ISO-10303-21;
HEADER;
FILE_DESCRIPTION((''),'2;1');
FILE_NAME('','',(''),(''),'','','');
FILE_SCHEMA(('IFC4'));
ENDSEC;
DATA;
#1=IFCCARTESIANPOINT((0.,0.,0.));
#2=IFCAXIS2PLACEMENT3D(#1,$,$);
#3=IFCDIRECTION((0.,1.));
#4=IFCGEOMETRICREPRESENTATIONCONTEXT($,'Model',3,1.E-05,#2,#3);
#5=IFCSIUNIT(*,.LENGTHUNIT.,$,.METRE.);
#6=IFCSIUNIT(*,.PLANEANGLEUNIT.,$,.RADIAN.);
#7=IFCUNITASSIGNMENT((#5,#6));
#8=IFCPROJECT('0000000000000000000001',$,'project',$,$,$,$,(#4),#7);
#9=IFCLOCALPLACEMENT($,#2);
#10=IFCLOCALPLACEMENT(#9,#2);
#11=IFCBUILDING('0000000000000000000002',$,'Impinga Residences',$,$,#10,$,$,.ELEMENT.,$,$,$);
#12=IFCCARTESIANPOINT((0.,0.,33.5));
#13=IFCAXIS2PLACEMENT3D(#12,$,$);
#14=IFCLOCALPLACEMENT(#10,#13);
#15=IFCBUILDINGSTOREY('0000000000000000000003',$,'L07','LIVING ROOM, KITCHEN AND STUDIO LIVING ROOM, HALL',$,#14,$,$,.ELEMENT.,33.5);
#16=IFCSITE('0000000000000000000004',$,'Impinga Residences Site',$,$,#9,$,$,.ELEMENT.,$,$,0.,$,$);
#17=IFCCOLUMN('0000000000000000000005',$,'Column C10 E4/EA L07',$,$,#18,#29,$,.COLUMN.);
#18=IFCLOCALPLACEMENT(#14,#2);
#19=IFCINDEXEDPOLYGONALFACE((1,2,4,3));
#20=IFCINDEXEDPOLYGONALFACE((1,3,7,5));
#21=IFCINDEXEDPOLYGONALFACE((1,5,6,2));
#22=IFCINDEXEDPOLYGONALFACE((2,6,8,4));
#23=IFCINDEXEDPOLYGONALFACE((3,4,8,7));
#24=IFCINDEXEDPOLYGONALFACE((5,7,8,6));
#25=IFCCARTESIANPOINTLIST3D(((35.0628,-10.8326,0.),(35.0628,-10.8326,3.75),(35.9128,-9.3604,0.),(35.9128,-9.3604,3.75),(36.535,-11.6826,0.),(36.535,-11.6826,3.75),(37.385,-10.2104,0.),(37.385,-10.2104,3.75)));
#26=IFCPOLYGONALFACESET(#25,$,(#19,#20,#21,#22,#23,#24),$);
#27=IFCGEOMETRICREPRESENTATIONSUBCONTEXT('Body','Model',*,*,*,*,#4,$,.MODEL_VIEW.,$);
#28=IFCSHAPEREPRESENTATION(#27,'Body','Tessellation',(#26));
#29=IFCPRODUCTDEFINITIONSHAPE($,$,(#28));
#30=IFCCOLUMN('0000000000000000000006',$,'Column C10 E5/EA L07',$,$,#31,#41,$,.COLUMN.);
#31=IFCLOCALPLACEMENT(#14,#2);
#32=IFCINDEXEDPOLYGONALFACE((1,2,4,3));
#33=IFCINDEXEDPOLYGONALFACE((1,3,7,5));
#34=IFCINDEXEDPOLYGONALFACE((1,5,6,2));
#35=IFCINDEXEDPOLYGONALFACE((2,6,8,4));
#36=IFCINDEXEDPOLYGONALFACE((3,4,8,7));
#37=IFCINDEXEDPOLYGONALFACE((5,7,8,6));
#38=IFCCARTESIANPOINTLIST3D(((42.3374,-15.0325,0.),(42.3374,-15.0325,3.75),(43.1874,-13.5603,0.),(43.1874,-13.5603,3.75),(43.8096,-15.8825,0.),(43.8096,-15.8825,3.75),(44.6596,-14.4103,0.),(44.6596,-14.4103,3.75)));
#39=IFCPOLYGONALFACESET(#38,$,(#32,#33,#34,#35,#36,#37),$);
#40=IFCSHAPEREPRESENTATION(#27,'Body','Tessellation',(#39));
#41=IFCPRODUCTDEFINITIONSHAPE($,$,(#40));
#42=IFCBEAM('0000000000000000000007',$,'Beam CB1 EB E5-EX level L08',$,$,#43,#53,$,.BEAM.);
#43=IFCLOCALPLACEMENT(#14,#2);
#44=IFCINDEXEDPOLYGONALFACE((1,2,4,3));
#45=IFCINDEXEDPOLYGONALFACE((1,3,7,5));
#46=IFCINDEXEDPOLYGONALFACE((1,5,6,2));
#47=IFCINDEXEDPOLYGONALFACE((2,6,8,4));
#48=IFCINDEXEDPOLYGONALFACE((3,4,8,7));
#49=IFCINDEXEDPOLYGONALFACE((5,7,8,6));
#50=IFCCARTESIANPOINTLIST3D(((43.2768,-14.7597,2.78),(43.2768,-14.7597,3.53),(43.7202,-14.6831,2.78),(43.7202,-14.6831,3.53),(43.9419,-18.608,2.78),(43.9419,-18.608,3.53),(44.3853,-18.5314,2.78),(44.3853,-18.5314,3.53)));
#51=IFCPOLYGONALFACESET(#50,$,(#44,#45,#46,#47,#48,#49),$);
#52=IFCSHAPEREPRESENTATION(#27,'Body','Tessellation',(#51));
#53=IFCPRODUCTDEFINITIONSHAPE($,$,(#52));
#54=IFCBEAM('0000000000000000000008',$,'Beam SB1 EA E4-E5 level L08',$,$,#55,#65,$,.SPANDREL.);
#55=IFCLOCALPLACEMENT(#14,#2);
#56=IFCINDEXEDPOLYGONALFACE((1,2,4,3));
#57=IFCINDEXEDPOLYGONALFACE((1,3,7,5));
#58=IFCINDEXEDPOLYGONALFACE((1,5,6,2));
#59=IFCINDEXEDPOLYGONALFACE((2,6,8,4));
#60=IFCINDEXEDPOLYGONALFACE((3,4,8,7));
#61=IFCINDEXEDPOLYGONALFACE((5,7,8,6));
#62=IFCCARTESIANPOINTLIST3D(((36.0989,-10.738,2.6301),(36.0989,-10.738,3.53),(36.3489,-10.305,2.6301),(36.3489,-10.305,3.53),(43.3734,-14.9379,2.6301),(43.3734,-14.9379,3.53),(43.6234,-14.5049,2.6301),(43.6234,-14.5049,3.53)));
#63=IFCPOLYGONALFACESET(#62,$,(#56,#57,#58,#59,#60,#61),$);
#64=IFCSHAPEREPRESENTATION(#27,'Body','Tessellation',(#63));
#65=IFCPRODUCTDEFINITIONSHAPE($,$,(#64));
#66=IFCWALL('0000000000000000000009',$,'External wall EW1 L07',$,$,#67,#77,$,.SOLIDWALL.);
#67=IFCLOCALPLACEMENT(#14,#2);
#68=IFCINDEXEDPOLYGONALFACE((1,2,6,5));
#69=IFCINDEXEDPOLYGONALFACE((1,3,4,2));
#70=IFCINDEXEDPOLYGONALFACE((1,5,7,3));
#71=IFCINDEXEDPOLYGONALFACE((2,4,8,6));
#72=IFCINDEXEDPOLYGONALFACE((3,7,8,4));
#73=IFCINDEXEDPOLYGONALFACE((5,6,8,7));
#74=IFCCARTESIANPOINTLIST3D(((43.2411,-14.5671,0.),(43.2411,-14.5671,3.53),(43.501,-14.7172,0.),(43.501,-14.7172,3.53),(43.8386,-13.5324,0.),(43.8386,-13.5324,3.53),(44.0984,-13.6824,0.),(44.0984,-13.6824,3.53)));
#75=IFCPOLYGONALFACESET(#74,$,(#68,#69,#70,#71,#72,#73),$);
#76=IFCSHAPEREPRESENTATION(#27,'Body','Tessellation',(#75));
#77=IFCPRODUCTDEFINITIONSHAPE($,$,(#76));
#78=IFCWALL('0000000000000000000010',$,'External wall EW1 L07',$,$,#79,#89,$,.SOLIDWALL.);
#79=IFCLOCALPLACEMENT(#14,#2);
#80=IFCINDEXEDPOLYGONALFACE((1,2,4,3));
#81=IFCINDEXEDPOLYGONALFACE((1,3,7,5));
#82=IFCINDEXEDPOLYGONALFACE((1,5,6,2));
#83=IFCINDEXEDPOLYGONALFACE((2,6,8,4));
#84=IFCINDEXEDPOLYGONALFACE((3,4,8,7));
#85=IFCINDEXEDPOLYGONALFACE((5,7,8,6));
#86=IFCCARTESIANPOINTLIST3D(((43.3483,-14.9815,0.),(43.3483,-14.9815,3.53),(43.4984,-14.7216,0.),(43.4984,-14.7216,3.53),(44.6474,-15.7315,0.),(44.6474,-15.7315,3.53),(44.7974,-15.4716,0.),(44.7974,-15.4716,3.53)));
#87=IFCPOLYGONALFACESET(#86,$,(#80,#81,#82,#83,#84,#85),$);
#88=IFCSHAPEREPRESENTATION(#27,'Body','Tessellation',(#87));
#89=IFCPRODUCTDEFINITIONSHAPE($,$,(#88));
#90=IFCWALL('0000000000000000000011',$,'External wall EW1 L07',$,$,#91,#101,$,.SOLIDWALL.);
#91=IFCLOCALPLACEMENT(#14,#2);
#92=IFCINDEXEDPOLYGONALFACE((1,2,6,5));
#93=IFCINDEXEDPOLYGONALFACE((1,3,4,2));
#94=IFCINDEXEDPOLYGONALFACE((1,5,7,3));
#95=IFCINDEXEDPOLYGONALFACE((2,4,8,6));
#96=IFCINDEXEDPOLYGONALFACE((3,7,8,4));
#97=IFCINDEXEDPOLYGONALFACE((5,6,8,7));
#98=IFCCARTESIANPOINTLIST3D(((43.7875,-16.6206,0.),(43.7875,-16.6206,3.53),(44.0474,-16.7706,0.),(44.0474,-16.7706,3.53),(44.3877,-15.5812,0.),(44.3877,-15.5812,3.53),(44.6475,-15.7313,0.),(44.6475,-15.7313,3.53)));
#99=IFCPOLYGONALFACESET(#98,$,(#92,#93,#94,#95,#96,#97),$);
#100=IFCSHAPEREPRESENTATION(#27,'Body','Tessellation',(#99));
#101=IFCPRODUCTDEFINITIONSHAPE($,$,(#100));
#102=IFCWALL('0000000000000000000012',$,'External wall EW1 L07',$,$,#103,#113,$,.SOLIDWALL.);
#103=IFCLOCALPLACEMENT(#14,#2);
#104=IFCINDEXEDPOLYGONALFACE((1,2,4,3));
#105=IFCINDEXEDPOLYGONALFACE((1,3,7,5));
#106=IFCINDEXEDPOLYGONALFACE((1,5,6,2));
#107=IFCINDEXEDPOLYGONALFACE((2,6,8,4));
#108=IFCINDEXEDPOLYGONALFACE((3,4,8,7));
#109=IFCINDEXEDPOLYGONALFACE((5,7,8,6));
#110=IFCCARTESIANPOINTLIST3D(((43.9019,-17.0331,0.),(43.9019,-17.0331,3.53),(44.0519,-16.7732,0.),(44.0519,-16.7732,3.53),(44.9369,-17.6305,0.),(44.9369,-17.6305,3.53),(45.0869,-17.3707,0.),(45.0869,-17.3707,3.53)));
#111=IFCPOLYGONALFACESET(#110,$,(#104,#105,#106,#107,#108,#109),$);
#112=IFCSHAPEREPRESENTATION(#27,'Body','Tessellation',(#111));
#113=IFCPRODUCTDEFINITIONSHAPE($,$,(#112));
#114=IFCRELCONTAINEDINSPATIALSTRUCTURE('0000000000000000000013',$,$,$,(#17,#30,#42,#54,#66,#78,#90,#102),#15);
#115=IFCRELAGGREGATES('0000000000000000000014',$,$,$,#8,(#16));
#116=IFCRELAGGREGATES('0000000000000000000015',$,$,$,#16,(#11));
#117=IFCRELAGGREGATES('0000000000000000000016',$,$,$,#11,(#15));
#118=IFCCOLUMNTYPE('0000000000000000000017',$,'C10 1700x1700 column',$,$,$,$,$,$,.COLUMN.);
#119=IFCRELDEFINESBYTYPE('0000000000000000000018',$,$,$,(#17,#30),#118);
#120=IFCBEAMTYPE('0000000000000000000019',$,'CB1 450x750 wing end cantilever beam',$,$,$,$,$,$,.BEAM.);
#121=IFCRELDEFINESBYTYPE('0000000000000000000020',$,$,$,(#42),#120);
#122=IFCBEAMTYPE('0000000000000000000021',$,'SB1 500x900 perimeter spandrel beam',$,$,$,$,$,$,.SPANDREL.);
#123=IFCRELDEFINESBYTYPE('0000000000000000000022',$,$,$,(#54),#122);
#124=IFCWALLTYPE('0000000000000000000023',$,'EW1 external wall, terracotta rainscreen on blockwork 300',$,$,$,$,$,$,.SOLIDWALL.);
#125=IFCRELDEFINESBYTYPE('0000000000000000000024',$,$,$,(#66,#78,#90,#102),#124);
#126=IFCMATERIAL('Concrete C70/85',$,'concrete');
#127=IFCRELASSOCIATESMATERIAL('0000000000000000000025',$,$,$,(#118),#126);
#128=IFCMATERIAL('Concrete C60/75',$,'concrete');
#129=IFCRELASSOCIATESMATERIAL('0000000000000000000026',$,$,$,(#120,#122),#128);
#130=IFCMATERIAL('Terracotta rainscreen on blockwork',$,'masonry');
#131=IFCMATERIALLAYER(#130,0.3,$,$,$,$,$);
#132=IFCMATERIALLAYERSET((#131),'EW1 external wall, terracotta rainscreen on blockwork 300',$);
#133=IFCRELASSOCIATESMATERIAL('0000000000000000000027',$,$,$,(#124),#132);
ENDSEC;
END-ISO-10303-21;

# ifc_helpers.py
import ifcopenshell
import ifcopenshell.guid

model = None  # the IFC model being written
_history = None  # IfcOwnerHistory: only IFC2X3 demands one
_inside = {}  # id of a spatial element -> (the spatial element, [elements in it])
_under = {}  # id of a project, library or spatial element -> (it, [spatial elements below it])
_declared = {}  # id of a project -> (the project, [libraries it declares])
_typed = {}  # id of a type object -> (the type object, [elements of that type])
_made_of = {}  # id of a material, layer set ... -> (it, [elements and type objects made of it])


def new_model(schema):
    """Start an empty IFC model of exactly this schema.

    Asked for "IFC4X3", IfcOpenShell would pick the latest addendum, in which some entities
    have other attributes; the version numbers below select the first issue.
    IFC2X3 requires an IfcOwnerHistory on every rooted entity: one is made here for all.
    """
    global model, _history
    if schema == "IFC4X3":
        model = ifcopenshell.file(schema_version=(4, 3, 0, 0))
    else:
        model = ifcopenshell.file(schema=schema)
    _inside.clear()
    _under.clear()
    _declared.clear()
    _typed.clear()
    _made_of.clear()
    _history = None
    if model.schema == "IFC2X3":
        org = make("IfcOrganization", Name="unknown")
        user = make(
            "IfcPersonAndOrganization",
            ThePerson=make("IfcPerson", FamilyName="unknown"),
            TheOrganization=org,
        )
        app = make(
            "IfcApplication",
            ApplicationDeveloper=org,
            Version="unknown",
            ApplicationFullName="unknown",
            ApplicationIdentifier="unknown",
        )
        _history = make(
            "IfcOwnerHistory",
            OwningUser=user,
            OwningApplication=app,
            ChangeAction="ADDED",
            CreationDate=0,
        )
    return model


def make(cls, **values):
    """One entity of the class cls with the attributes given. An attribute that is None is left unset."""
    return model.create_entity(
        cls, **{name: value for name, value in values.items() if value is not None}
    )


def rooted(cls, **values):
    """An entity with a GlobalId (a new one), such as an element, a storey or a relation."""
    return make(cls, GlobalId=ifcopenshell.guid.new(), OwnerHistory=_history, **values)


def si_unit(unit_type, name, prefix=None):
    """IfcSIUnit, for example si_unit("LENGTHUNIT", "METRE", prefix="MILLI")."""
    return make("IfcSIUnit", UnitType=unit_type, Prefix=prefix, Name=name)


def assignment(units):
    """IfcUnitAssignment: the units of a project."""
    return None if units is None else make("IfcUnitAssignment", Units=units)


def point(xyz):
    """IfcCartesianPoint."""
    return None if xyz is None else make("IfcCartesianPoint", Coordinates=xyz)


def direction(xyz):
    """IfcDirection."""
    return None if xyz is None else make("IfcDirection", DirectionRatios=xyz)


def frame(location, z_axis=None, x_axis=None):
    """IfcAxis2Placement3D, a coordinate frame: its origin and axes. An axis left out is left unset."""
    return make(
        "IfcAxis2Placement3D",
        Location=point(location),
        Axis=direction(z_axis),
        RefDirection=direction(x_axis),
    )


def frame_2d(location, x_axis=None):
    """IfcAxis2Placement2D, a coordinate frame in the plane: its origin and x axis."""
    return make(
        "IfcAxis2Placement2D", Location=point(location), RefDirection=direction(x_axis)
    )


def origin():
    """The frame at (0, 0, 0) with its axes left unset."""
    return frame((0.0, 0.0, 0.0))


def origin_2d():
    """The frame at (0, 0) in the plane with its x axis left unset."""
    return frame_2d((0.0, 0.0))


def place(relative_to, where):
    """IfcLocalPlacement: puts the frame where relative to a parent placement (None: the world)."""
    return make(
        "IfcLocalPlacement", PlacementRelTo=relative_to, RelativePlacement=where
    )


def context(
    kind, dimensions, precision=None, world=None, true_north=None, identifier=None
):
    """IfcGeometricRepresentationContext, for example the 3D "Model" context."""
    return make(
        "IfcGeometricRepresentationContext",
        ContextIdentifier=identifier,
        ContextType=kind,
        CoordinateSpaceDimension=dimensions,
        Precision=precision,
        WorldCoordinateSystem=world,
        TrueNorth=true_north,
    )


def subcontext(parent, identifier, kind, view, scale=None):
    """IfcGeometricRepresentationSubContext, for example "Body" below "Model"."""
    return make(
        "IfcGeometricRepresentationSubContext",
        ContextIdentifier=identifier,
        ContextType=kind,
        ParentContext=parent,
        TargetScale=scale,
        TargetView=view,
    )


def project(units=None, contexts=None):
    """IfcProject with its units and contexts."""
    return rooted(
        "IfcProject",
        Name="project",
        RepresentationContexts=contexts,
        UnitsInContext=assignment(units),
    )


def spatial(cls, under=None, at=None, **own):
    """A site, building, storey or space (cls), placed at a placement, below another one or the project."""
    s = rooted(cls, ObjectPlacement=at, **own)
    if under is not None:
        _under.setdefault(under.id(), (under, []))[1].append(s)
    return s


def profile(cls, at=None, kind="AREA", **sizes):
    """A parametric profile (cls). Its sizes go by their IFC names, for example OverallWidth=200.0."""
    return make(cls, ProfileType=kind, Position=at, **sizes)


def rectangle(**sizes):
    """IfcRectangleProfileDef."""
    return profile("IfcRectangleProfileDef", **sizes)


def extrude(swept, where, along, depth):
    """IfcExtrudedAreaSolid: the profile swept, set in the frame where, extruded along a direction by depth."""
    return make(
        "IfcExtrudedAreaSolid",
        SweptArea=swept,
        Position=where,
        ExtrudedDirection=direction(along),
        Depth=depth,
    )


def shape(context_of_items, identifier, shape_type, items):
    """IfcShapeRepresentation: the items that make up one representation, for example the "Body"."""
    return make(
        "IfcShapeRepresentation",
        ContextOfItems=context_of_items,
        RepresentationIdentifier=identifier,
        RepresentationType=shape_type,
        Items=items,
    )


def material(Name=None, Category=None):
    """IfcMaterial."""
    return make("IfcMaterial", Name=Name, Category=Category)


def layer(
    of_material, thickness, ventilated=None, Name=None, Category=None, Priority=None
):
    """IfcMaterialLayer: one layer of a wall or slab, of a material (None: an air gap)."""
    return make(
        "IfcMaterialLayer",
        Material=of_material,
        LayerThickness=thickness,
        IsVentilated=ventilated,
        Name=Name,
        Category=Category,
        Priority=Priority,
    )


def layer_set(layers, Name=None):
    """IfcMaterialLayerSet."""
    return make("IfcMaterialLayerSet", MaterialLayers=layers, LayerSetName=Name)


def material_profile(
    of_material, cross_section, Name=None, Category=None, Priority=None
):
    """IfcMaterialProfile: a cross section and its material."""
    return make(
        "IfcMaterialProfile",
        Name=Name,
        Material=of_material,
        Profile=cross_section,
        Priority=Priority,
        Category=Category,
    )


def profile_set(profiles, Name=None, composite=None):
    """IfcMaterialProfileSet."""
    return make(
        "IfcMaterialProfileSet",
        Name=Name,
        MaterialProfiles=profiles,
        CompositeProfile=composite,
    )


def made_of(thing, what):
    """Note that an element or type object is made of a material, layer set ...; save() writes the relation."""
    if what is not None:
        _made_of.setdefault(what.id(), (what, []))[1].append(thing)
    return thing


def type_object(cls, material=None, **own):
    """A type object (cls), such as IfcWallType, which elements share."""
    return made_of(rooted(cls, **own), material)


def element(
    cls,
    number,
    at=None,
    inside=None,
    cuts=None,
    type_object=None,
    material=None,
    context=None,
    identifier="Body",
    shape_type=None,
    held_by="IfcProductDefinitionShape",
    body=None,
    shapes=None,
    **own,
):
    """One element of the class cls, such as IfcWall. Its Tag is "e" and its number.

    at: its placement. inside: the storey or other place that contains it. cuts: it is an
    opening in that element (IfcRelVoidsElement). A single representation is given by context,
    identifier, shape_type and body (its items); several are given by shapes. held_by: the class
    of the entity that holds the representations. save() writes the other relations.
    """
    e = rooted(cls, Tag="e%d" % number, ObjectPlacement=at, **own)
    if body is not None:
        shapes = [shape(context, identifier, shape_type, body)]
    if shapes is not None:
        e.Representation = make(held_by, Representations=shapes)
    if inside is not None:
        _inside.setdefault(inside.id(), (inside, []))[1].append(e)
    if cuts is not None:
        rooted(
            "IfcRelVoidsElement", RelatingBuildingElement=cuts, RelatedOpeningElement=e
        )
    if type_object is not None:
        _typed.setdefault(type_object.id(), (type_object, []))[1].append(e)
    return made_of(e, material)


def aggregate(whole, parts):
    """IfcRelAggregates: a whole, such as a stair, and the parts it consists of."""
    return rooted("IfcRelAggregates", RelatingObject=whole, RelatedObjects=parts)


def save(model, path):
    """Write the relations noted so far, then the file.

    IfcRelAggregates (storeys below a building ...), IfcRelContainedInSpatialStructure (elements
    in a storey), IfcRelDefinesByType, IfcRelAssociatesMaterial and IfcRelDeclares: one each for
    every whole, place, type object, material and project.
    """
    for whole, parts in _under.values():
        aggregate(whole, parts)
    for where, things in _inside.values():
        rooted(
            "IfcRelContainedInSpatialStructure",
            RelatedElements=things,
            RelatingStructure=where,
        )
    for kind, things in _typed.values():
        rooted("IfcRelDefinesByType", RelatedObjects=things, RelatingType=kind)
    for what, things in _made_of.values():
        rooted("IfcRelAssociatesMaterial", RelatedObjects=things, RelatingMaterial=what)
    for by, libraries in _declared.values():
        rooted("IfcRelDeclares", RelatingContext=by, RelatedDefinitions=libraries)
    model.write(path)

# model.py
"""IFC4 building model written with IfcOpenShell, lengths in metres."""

from ifc_helpers import new_model, si_unit, direction, frame, frame_2d, origin, origin_2d, place, context, subcontext, project, spatial, rectangle, extrude, material, layer, layer_set, material_profile, profile_set, type_object, element, save


model = new_model("IFC4")

# Units and contexts
model_context = context("Model", 3, precision=1e-05, world=origin(), true_north=direction((0.0, 1.0)))
body_context = subcontext(model_context, "Body", "Model", "MODEL_VIEW")
ifc_project = project(units=[si_unit("LENGTHUNIT", "METRE"), si_unit("PLANEANGLEUNIT", "RADIAN")], contexts=[model_context])

# Site, building, storey
site_placement = place(None, origin())
site = spatial("IfcSite", under=ifc_project, at=site_placement, Name="Impinga Residences Site", CompositionType="ELEMENT", RefElevation=0.0)
building_placement = place(site_placement, origin())
building = spatial("IfcBuilding", under=site, at=building_placement, Name="Impinga Residences", CompositionType="ELEMENT")
storey_placement = place(building_placement, frame((0.0, 0.0, 33.5)))
storey = spatial("IfcBuildingStorey", under=building, at=storey_placement, Name="L07", Description="LIVING ROOM, KITCHEN AND STUDIO LIVING ROOM, HALL", CompositionType="ELEMENT", Elevation=33.5)

# Columns
ifc_material_1 = material(Name="Concrete C70/85", Category="concrete")
ifc_material_profile_1 = material_profile(ifc_material_1, rectangle(XDim=1.7, YDim=1.7, at=origin_2d()), Name="RC 1700x1700")
ifc_profile_set_1 = profile_set([ifc_material_profile_1], Name="Concrete C70/85")
column_type = type_object("IfcColumnType", Name="C10 1700x1700 column", PredefinedType="COLUMN", material=ifc_profile_set_1)
for number, where, z_axis, x_axis, name in (
    (1, (36.2239, -10.5215, 0.0), (0.0, 0.0, 1.0), (-0.5, -0.866025, 0.0), "Column C10 E4/EA L07"),
    (2, (43.4985, -14.7214, 0.0), (0.0, 0.0, 1.0), (-0.5, -0.866025, 0.0), "Column C10 E5/EA L07"),
):
    element("IfcColumn", number, at=place(storey_placement, frame(where, z_axis=z_axis, x_axis=x_axis)), inside=storey, type_object=column_type, Name=name, PredefinedType="COLUMN", context=body_context, shape_type="SweptSolid", body=[
        extrude(rectangle(XDim=1.7, YDim=1.7, at=origin_2d()), origin(), (0.0, 0.0, 1.0), 3.75),
    ])

# Beams
ifc_material_2 = material(Name="Concrete C60/75", Category="concrete")
ifc_material_profile_2 = material_profile(ifc_material_2, rectangle(XDim=0.45, YDim=0.75, at=origin_2d()), Name="RC 450x750")
ifc_profile_set_2 = profile_set([ifc_material_profile_2], Name="Concrete C60/75")
beam_type_1 = type_object("IfcBeamType", Name="CB1 450x750 wing end cantilever beam", PredefinedType="BEAM", material=ifc_profile_set_2)
beam_1_placement = place(storey_placement, frame((43.4985, -14.7214, 3.155), z_axis=(0.170296, -0.985393, 0.0), x_axis=(0.985393, 0.170296, 0.0)))
element("IfcBeam", 3, at=beam_1_placement, inside=storey, type_object=beam_type_1, Name="Beam CB1 EB E5-EX level L08", PredefinedType="BEAM", context=body_context, shape_type="SweptSolid", body=[
    extrude(rectangle(XDim=0.45, YDim=0.75, at=origin_2d()), origin(), (0.0, 0.0, 1.0), 3.9053),
])
ifc_material_profile_3 = material_profile(ifc_material_2, rectangle(XDim=0.5, YDim=0.8999, at=origin_2d()), Name="RC 500x900")
ifc_profile_set_3 = profile_set([ifc_material_profile_3], Name="Concrete C60/75")
beam_type_2 = type_object("IfcBeamType", Name="SB1 500x900 perimeter spandrel beam", PredefinedType="SPANDREL", material=ifc_profile_set_3)
beam_2_placement = place(storey_placement, frame((36.2239, -10.5215, 3.0801), z_axis=(0.866029, -0.499993, 0.0), x_axis=(0.499993, 0.866029, 0.0)))
element("IfcBeam", 4, at=beam_2_placement, inside=storey, type_object=beam_type_2, Name="Beam SB1 EA E4-E5 level L08", PredefinedType="SPANDREL", context=body_context, shape_type="SweptSolid", body=[
    extrude(rectangle(XDim=0.5, YDim=0.8999, at=origin_2d()), origin(), (0.0, 0.0, 1.0), 8.3999),
])

# Walls
ifc_material_3 = material(Name="Terracotta rainscreen on blockwork", Category="masonry")
ifc_layer_1 = layer(ifc_material_3, 0.3)
ifc_layer_set_1 = layer_set([ifc_layer_1], Name="EW1 external wall, terracotta rainscreen on blockwork 300")
wall_type_1 = type_object("IfcWallType", Name="EW1 external wall, terracotta rainscreen on blockwork 300", PredefinedType="SOLIDWALL", material=ifc_layer_set_1)
wall_1_placement = place(storey_placement, frame((43.9685, -13.6074, 0.0), z_axis=(0.0, 0.0, 1.0), x_axis=(-0.500029, -0.866009, 0.0)))
element("IfcWall", 5, at=wall_1_placement, inside=storey, type_object=wall_type_1, Name="External wall EW1 L07", PredefinedType="SOLIDWALL", context=body_context, shape_type="SweptSolid", body=[
    extrude(rectangle(XDim=1.1948, YDim=0.3, at=frame_2d((0.5974, 0.0))), origin(), (0.0, 0.0, 1.0), 3.53),
])
wall_2_placement = place(storey_placement, frame((43.4233, -14.8516, 0.0), z_axis=(0.0, 0.0, 1.0), x_axis=(0.866031, -0.49999, 0.0)))
element("IfcWall", 6, at=wall_2_placement, inside=storey, type_object=wall_type_1, Name="External wall EW1 L07", PredefinedType="SOLIDWALL", context=body_context, shape_type="SweptSolid", body=[
    extrude(rectangle(XDim=1.5, YDim=0.3, at=frame_2d((0.75, 0.0))), origin(), (0.0, 0.0, 1.0), 3.53),
])
wall_3_placement = place(storey_placement, frame((44.5176, -15.6562, 0.0), z_axis=(0.0, 0.0, 1.0), x_axis=(-0.500034, -0.866006, 0.0)))
element("IfcWall", 7, at=wall_3_placement, inside=storey, type_object=wall_type_1, Name="External wall EW1 L07", PredefinedType="SOLIDWALL", context=body_context, shape_type="SweptSolid", body=[
    extrude(rectangle(XDim=1.2002, YDim=0.3, at=frame_2d((0.6001, 0.0))), origin(), (0.0, 0.0, 1.0), 3.53),
])
wall_4_placement = place(storey_placement, frame((43.9768, -16.9031, 0.0), z_axis=(0.0, 0.0, 1.0), x_axis=(0.86606, -0.499941, 0.0)))
element("IfcWall", 8, at=wall_4_placement, inside=storey, type_object=wall_type_1, Name="External wall EW1 L07", PredefinedType="SOLIDWALL", context=body_context, shape_type="SweptSolid", body=[
    extrude(rectangle(XDim=1.1951, YDim=0.3, at=frame_2d((0.5977, 0.0))), origin(), (0.0, 0.0, 1.0), 3.53),
])

save(model, "model.ifc")
